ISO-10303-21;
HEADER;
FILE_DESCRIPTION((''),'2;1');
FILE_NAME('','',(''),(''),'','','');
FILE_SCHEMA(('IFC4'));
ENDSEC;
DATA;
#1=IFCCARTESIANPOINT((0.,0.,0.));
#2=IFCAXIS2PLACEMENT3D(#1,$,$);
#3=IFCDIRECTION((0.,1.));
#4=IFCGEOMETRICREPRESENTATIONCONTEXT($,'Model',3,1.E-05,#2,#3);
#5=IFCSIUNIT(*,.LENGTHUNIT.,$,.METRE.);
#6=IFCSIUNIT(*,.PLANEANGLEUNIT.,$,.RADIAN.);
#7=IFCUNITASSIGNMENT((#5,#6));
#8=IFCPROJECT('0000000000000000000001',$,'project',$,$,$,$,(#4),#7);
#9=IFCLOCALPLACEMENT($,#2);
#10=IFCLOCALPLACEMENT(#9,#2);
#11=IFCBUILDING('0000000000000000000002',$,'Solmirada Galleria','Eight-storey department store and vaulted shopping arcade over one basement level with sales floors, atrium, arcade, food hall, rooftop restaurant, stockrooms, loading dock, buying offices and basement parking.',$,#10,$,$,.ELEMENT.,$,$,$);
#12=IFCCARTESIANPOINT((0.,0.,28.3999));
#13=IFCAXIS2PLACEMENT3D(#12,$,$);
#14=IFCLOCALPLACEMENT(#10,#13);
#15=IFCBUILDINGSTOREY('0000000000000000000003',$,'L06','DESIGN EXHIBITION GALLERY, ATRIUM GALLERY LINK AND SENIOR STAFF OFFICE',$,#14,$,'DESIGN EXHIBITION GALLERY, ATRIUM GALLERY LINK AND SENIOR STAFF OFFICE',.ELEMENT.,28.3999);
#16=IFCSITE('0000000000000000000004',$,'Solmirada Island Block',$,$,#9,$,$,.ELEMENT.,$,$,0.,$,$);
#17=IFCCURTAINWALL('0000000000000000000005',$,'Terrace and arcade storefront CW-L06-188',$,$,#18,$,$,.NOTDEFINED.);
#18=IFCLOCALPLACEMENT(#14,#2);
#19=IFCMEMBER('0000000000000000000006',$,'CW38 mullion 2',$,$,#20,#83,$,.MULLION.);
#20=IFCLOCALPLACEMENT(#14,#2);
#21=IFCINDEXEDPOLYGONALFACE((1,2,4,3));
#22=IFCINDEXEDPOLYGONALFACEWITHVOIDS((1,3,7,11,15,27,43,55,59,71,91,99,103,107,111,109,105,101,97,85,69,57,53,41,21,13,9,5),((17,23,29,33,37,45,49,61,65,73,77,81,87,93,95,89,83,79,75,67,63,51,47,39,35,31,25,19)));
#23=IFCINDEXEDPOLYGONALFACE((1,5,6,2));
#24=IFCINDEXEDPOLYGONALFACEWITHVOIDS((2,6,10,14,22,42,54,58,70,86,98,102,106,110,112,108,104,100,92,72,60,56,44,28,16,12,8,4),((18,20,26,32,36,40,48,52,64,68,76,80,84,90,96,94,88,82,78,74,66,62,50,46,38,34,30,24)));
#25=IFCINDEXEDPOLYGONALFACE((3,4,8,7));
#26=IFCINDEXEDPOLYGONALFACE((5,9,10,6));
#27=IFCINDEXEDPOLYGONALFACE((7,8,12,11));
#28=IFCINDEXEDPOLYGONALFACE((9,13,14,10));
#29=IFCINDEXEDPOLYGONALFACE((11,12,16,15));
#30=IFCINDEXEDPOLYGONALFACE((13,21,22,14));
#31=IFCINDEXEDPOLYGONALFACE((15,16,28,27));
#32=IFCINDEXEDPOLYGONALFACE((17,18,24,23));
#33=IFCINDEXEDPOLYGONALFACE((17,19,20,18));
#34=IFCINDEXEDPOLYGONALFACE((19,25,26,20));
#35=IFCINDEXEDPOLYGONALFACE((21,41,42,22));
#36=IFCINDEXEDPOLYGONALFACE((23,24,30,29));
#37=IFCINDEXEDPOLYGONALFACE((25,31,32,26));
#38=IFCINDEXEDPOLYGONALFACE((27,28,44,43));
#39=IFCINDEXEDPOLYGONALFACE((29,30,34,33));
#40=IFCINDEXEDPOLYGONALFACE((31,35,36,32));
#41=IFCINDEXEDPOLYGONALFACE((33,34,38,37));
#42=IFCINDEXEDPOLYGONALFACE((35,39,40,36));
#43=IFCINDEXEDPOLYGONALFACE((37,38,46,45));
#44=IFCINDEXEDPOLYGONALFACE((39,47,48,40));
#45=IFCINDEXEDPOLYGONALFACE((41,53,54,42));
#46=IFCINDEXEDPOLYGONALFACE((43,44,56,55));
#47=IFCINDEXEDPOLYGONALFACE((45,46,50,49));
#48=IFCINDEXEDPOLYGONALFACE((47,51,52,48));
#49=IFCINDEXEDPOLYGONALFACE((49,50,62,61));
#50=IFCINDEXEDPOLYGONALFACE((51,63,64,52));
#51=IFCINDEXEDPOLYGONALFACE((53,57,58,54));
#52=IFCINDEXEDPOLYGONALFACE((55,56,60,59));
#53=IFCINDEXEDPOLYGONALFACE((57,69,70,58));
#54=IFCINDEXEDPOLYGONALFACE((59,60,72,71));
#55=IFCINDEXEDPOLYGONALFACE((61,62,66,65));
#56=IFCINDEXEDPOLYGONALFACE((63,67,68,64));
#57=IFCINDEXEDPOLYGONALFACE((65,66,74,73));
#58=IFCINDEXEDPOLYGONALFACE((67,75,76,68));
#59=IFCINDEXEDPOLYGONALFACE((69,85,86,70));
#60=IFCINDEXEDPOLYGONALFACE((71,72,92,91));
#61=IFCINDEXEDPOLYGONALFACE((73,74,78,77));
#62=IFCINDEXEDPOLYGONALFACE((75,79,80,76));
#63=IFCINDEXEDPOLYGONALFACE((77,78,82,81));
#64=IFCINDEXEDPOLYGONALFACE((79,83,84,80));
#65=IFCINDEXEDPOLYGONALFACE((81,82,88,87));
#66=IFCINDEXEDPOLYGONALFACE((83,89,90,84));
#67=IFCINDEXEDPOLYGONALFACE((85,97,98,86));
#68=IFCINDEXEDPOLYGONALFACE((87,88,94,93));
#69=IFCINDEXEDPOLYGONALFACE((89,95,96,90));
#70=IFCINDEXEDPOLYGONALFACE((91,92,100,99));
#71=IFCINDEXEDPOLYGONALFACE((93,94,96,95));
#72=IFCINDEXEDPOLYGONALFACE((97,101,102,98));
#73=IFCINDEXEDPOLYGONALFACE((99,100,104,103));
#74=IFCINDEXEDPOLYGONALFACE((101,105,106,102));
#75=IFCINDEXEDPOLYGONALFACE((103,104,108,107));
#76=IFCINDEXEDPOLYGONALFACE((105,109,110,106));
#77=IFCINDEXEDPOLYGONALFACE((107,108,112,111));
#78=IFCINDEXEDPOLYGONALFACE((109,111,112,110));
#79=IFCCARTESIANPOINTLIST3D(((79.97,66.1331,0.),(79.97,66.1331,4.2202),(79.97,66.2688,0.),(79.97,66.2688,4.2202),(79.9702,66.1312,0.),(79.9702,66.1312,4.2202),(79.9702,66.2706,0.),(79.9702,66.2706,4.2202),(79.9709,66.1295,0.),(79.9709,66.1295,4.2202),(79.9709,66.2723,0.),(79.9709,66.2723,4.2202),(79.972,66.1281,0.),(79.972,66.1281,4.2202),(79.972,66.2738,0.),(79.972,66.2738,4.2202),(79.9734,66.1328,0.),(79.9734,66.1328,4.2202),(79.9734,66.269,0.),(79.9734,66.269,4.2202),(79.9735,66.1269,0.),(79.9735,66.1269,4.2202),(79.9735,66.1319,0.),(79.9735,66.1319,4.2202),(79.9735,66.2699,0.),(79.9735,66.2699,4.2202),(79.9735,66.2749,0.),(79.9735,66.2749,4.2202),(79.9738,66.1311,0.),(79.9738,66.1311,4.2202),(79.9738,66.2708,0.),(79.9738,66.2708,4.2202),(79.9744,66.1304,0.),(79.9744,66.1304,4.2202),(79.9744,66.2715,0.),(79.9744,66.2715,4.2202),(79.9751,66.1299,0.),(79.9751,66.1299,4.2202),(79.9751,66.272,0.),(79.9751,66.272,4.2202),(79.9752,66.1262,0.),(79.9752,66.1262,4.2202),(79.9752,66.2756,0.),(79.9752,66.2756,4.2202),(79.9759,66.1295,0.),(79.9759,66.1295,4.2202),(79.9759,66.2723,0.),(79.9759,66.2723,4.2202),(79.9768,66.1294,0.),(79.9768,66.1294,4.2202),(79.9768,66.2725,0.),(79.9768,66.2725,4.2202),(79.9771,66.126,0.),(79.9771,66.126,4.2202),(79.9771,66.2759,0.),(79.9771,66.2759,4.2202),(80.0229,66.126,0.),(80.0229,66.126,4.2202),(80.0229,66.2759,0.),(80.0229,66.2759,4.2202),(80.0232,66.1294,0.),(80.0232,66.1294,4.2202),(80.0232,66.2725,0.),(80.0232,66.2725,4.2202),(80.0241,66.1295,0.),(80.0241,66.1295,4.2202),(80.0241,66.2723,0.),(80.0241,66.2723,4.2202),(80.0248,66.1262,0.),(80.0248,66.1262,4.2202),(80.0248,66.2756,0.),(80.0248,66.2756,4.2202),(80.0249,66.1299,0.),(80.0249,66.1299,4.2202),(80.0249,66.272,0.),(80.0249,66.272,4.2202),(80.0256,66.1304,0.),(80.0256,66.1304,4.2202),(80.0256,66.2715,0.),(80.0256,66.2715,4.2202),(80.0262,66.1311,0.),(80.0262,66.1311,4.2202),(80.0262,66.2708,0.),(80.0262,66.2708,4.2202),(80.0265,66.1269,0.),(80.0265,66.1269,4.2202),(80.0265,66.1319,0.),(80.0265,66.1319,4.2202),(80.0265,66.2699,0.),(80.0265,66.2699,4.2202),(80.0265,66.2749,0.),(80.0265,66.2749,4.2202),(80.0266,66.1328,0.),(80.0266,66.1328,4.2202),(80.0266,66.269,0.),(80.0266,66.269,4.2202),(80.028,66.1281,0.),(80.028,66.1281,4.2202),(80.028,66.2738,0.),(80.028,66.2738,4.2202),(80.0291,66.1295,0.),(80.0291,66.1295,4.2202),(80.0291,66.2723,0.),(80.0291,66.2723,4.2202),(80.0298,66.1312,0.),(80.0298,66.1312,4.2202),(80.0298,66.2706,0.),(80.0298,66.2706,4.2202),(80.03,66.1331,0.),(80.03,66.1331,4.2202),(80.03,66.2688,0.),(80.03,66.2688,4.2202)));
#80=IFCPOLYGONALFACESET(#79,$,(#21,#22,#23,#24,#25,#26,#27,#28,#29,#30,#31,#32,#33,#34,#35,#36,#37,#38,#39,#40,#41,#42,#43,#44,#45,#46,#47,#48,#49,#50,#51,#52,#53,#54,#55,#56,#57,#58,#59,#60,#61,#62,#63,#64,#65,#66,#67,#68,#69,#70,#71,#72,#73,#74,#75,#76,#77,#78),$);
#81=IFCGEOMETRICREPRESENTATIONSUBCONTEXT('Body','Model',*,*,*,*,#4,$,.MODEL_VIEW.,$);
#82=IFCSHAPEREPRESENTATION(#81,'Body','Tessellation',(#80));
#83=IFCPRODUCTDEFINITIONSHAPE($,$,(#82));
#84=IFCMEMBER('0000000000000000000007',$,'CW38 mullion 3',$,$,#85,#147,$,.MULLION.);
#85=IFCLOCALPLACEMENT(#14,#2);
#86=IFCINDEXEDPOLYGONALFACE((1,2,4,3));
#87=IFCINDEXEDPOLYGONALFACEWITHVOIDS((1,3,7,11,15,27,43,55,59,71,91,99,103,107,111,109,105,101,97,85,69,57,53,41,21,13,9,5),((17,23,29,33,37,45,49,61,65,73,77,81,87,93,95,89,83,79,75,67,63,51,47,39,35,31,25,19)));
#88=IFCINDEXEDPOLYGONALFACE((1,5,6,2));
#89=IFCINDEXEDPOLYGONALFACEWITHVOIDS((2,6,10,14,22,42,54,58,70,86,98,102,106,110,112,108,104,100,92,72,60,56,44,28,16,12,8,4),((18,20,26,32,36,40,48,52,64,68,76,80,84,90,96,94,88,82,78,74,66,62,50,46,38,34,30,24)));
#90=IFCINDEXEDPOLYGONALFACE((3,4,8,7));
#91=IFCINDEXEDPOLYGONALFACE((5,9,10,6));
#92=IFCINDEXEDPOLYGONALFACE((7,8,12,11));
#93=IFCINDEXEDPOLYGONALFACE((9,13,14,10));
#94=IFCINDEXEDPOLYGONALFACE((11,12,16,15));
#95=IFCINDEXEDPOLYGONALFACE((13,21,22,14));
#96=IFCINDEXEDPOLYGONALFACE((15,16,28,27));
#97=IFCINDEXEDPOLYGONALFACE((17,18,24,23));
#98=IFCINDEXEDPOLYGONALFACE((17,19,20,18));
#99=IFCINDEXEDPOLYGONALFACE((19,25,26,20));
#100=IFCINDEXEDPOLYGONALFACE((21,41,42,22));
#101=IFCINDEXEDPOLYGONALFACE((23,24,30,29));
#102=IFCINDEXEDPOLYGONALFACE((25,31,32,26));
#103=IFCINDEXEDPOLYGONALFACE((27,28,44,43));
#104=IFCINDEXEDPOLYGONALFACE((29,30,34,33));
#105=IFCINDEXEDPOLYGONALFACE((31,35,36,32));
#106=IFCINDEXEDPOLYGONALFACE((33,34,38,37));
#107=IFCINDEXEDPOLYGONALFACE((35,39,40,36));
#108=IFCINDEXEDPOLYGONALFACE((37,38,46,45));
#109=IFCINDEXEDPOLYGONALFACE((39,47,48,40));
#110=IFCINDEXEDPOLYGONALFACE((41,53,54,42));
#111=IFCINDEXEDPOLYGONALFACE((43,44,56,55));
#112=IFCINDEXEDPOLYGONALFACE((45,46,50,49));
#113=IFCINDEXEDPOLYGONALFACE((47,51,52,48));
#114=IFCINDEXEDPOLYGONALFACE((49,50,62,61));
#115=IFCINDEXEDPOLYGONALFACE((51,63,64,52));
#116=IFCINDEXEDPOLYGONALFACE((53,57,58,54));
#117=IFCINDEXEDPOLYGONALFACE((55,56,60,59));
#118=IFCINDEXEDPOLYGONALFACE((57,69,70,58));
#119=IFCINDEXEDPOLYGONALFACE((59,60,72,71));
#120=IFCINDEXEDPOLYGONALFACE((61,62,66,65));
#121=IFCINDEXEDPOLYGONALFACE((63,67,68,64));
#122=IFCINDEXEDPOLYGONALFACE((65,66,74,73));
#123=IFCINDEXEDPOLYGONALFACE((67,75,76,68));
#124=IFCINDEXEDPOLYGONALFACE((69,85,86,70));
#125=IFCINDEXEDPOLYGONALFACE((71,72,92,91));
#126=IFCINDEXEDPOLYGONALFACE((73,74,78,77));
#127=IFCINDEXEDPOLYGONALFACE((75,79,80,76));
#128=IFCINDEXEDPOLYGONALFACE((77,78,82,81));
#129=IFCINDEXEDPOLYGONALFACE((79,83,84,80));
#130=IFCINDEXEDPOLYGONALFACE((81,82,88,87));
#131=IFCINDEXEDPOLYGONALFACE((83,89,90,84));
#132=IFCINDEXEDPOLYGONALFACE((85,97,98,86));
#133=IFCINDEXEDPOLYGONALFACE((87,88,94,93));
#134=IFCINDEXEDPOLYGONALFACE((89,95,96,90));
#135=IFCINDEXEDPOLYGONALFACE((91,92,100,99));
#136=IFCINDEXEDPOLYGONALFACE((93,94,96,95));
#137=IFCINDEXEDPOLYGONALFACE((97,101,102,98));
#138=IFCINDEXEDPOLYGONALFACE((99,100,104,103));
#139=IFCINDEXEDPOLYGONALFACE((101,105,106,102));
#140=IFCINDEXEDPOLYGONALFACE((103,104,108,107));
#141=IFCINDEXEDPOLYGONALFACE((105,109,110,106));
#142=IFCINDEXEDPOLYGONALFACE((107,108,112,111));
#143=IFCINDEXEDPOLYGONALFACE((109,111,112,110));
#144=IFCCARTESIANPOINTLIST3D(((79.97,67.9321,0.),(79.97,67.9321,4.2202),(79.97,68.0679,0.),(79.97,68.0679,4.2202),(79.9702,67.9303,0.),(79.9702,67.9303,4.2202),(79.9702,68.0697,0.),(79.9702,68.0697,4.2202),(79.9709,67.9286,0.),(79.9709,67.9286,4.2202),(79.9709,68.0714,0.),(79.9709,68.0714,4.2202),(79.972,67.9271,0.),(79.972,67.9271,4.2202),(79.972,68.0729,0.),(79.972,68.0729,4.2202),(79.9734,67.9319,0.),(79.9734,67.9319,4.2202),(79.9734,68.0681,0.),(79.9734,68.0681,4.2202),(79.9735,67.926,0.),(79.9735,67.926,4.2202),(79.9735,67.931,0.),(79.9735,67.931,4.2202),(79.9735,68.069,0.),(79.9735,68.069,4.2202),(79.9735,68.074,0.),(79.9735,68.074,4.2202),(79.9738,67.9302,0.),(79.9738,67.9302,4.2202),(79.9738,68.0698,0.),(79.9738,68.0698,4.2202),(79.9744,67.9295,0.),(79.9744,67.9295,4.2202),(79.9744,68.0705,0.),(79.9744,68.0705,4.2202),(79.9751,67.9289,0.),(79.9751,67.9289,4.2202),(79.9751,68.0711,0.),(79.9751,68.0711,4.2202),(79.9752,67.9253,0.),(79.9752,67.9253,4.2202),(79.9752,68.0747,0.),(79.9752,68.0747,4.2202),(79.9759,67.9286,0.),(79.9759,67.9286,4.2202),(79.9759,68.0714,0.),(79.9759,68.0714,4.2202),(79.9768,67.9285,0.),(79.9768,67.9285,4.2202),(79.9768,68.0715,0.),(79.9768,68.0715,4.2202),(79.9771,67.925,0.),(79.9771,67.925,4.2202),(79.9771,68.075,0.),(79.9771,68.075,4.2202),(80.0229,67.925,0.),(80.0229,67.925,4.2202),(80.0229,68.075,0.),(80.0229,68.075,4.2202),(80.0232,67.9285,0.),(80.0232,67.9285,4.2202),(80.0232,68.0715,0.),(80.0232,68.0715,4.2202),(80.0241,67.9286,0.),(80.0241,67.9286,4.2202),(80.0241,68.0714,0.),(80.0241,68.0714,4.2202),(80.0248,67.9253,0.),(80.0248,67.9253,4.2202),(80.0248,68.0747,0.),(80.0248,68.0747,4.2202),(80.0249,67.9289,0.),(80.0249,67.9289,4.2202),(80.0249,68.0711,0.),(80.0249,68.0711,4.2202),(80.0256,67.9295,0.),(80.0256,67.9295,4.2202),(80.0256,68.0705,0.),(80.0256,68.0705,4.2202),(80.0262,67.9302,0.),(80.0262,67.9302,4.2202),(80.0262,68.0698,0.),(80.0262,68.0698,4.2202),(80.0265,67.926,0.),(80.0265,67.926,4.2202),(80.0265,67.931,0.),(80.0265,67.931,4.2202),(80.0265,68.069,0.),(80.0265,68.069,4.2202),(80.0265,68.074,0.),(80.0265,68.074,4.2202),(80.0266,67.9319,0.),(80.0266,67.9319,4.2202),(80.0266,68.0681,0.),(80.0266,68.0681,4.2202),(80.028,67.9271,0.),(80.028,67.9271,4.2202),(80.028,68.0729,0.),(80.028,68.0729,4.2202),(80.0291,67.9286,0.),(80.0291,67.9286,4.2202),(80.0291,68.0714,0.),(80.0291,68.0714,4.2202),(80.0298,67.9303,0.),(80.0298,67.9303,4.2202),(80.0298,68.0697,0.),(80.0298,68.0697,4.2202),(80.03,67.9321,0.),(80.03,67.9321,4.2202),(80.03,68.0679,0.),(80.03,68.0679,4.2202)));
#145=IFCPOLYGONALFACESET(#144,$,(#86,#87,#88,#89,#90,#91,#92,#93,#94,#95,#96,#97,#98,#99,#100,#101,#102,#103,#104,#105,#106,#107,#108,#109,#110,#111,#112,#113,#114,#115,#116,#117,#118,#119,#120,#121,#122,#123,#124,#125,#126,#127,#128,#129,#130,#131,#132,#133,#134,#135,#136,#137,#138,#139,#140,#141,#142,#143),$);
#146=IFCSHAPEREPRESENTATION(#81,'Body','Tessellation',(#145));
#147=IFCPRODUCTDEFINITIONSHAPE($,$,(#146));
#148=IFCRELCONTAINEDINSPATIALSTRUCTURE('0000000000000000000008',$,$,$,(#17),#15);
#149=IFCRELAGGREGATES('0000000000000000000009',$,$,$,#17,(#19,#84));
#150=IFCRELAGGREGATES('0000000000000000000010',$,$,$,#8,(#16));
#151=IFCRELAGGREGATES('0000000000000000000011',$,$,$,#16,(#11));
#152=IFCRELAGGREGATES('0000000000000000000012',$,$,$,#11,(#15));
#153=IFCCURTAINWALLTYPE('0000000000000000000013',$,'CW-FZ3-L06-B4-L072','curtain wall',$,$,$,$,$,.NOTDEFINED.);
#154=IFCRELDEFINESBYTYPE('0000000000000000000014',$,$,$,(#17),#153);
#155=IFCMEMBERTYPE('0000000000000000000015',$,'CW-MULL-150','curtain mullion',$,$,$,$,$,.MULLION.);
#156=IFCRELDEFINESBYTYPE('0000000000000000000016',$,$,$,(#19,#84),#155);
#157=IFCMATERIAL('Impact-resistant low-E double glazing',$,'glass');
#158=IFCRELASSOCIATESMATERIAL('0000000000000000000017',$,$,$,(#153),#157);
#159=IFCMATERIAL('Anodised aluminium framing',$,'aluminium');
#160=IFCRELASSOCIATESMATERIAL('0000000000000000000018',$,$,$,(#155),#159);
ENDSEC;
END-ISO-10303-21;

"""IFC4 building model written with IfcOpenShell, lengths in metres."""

from ifc_helpers import new_model, si_unit, direction, frame, origin, origin_2d, place, context, subcontext, project, spatial, hollow_rectangle, extrude, material, material_profile, profile_set, type_object, element, aggregate, save


model = new_model("IFC4")

# Units and contexts
model_context = context("Model", 3, precision=1e-05, world=origin(), true_north=direction((0.0, 1.0)))
body_context = subcontext(model_context, "Body", "Model", "MODEL_VIEW")
ifc_project = project(units=[si_unit("LENGTHUNIT", "METRE"), si_unit("PLANEANGLEUNIT", "RADIAN")], contexts=[model_context])

# Site, building, storey
site_placement = place(None, origin())
site = spatial("IfcSite", under=ifc_project, at=site_placement, Name="Solmirada Island Block", CompositionType="ELEMENT", RefElevation=0.0)
building_placement = place(site_placement, origin())
building = spatial("IfcBuilding", under=site, at=building_placement, Name="Solmirada Galleria", Description="Eight-storey department store and vaulted shopping arcade over one basement level with sales floors, atrium, arcade, food hall, rooftop restaurant, stockrooms, loading dock, buying offices and basement parking.", CompositionType="ELEMENT")
storey_placement = place(building_placement, frame((0.0, 0.0, 28.3999)))
storey = spatial("IfcBuildingStorey", under=building, at=storey_placement, Name="L06", Description="DESIGN EXHIBITION GALLERY, ATRIUM GALLERY LINK AND SENIOR STAFF OFFICE", LongName="DESIGN EXHIBITION GALLERY, ATRIUM GALLERY LINK AND SENIOR STAFF OFFICE", CompositionType="ELEMENT", Elevation=28.3999)

# Shared definitions
ifc_material_1 = material(Name="Impact-resistant low-E double glazing", Category="glass")
curtain_wall_type = type_object("IfcCurtainWallType", Name="CW-FZ3-L06-B4-L072", Description="curtain wall", PredefinedType="NOTDEFINED", material=ifc_material_1)
ifc_material_2 = material(Name="Anodised aluminium framing", Category="aluminium")
ifc_material_profile_1 = material_profile(ifc_material_2, hollow_rectangle(XDim=0.0601, YDim=0.1499, WallThickness=0.0034, InnerFilletRadius=0.0034, OuterFilletRadius=0.0071, at=origin_2d()), Name="ALU-MULL-150X60")
ifc_profile_set_1 = profile_set([ifc_material_profile_1], Name="Anodised aluminium framing")
member_type_1 = type_object("IfcMemberType", Name="CW-MULL-150", Description="curtain mullion", PredefinedType="MULLION", material=ifc_profile_set_1)

# Curtain wall, members
curtain_wall_1_placement = place(storey_placement, origin())
curtain_wall_1 = element("IfcCurtainWall", 1, at=curtain_wall_1_placement, inside=storey, type_object=curtain_wall_type, Name="Terrace and arcade storefront CW-L06-188", PredefinedType="NOTDEFINED")
member_1_placement = place(storey_placement, frame((80.0, 66.2009, 0.0), z_axis=(0.0, 0.0, 1.0), x_axis=(-1.0, 0.0, 0.0)))
member_1 = element("IfcMember", 2, at=member_1_placement, type_object=member_type_1, Name="CW38 mullion 2", PredefinedType="MULLION", context=body_context, shape_type="SweptSolid", body=[
    extrude(hollow_rectangle(XDim=0.0601, YDim=0.1499, WallThickness=0.0034, InnerFilletRadius=0.0034, OuterFilletRadius=0.0071, at=origin_2d()), origin(), (0.0, 0.0, 1.0), 4.2202),
])
member_2_placement = place(storey_placement, frame((80.0, 68.0, 0.0), z_axis=(0.0, 0.0, 1.0), x_axis=(-1.0, 0.0, 0.0)))
member_2 = element("IfcMember", 3, at=member_2_placement, type_object=member_type_1, Name="CW38 mullion 3", PredefinedType="MULLION", context=body_context, shape_type="SweptSolid", body=[
    extrude(hollow_rectangle(XDim=0.0601, YDim=0.1499, WallThickness=0.0034, InnerFilletRadius=0.0034, OuterFilletRadius=0.0071, at=origin_2d()), origin(), (0.0, 0.0, 1.0), 4.2202),
])

aggregate(curtain_wall_1, [member_1, member_2])

save(model, "model.ifc")
